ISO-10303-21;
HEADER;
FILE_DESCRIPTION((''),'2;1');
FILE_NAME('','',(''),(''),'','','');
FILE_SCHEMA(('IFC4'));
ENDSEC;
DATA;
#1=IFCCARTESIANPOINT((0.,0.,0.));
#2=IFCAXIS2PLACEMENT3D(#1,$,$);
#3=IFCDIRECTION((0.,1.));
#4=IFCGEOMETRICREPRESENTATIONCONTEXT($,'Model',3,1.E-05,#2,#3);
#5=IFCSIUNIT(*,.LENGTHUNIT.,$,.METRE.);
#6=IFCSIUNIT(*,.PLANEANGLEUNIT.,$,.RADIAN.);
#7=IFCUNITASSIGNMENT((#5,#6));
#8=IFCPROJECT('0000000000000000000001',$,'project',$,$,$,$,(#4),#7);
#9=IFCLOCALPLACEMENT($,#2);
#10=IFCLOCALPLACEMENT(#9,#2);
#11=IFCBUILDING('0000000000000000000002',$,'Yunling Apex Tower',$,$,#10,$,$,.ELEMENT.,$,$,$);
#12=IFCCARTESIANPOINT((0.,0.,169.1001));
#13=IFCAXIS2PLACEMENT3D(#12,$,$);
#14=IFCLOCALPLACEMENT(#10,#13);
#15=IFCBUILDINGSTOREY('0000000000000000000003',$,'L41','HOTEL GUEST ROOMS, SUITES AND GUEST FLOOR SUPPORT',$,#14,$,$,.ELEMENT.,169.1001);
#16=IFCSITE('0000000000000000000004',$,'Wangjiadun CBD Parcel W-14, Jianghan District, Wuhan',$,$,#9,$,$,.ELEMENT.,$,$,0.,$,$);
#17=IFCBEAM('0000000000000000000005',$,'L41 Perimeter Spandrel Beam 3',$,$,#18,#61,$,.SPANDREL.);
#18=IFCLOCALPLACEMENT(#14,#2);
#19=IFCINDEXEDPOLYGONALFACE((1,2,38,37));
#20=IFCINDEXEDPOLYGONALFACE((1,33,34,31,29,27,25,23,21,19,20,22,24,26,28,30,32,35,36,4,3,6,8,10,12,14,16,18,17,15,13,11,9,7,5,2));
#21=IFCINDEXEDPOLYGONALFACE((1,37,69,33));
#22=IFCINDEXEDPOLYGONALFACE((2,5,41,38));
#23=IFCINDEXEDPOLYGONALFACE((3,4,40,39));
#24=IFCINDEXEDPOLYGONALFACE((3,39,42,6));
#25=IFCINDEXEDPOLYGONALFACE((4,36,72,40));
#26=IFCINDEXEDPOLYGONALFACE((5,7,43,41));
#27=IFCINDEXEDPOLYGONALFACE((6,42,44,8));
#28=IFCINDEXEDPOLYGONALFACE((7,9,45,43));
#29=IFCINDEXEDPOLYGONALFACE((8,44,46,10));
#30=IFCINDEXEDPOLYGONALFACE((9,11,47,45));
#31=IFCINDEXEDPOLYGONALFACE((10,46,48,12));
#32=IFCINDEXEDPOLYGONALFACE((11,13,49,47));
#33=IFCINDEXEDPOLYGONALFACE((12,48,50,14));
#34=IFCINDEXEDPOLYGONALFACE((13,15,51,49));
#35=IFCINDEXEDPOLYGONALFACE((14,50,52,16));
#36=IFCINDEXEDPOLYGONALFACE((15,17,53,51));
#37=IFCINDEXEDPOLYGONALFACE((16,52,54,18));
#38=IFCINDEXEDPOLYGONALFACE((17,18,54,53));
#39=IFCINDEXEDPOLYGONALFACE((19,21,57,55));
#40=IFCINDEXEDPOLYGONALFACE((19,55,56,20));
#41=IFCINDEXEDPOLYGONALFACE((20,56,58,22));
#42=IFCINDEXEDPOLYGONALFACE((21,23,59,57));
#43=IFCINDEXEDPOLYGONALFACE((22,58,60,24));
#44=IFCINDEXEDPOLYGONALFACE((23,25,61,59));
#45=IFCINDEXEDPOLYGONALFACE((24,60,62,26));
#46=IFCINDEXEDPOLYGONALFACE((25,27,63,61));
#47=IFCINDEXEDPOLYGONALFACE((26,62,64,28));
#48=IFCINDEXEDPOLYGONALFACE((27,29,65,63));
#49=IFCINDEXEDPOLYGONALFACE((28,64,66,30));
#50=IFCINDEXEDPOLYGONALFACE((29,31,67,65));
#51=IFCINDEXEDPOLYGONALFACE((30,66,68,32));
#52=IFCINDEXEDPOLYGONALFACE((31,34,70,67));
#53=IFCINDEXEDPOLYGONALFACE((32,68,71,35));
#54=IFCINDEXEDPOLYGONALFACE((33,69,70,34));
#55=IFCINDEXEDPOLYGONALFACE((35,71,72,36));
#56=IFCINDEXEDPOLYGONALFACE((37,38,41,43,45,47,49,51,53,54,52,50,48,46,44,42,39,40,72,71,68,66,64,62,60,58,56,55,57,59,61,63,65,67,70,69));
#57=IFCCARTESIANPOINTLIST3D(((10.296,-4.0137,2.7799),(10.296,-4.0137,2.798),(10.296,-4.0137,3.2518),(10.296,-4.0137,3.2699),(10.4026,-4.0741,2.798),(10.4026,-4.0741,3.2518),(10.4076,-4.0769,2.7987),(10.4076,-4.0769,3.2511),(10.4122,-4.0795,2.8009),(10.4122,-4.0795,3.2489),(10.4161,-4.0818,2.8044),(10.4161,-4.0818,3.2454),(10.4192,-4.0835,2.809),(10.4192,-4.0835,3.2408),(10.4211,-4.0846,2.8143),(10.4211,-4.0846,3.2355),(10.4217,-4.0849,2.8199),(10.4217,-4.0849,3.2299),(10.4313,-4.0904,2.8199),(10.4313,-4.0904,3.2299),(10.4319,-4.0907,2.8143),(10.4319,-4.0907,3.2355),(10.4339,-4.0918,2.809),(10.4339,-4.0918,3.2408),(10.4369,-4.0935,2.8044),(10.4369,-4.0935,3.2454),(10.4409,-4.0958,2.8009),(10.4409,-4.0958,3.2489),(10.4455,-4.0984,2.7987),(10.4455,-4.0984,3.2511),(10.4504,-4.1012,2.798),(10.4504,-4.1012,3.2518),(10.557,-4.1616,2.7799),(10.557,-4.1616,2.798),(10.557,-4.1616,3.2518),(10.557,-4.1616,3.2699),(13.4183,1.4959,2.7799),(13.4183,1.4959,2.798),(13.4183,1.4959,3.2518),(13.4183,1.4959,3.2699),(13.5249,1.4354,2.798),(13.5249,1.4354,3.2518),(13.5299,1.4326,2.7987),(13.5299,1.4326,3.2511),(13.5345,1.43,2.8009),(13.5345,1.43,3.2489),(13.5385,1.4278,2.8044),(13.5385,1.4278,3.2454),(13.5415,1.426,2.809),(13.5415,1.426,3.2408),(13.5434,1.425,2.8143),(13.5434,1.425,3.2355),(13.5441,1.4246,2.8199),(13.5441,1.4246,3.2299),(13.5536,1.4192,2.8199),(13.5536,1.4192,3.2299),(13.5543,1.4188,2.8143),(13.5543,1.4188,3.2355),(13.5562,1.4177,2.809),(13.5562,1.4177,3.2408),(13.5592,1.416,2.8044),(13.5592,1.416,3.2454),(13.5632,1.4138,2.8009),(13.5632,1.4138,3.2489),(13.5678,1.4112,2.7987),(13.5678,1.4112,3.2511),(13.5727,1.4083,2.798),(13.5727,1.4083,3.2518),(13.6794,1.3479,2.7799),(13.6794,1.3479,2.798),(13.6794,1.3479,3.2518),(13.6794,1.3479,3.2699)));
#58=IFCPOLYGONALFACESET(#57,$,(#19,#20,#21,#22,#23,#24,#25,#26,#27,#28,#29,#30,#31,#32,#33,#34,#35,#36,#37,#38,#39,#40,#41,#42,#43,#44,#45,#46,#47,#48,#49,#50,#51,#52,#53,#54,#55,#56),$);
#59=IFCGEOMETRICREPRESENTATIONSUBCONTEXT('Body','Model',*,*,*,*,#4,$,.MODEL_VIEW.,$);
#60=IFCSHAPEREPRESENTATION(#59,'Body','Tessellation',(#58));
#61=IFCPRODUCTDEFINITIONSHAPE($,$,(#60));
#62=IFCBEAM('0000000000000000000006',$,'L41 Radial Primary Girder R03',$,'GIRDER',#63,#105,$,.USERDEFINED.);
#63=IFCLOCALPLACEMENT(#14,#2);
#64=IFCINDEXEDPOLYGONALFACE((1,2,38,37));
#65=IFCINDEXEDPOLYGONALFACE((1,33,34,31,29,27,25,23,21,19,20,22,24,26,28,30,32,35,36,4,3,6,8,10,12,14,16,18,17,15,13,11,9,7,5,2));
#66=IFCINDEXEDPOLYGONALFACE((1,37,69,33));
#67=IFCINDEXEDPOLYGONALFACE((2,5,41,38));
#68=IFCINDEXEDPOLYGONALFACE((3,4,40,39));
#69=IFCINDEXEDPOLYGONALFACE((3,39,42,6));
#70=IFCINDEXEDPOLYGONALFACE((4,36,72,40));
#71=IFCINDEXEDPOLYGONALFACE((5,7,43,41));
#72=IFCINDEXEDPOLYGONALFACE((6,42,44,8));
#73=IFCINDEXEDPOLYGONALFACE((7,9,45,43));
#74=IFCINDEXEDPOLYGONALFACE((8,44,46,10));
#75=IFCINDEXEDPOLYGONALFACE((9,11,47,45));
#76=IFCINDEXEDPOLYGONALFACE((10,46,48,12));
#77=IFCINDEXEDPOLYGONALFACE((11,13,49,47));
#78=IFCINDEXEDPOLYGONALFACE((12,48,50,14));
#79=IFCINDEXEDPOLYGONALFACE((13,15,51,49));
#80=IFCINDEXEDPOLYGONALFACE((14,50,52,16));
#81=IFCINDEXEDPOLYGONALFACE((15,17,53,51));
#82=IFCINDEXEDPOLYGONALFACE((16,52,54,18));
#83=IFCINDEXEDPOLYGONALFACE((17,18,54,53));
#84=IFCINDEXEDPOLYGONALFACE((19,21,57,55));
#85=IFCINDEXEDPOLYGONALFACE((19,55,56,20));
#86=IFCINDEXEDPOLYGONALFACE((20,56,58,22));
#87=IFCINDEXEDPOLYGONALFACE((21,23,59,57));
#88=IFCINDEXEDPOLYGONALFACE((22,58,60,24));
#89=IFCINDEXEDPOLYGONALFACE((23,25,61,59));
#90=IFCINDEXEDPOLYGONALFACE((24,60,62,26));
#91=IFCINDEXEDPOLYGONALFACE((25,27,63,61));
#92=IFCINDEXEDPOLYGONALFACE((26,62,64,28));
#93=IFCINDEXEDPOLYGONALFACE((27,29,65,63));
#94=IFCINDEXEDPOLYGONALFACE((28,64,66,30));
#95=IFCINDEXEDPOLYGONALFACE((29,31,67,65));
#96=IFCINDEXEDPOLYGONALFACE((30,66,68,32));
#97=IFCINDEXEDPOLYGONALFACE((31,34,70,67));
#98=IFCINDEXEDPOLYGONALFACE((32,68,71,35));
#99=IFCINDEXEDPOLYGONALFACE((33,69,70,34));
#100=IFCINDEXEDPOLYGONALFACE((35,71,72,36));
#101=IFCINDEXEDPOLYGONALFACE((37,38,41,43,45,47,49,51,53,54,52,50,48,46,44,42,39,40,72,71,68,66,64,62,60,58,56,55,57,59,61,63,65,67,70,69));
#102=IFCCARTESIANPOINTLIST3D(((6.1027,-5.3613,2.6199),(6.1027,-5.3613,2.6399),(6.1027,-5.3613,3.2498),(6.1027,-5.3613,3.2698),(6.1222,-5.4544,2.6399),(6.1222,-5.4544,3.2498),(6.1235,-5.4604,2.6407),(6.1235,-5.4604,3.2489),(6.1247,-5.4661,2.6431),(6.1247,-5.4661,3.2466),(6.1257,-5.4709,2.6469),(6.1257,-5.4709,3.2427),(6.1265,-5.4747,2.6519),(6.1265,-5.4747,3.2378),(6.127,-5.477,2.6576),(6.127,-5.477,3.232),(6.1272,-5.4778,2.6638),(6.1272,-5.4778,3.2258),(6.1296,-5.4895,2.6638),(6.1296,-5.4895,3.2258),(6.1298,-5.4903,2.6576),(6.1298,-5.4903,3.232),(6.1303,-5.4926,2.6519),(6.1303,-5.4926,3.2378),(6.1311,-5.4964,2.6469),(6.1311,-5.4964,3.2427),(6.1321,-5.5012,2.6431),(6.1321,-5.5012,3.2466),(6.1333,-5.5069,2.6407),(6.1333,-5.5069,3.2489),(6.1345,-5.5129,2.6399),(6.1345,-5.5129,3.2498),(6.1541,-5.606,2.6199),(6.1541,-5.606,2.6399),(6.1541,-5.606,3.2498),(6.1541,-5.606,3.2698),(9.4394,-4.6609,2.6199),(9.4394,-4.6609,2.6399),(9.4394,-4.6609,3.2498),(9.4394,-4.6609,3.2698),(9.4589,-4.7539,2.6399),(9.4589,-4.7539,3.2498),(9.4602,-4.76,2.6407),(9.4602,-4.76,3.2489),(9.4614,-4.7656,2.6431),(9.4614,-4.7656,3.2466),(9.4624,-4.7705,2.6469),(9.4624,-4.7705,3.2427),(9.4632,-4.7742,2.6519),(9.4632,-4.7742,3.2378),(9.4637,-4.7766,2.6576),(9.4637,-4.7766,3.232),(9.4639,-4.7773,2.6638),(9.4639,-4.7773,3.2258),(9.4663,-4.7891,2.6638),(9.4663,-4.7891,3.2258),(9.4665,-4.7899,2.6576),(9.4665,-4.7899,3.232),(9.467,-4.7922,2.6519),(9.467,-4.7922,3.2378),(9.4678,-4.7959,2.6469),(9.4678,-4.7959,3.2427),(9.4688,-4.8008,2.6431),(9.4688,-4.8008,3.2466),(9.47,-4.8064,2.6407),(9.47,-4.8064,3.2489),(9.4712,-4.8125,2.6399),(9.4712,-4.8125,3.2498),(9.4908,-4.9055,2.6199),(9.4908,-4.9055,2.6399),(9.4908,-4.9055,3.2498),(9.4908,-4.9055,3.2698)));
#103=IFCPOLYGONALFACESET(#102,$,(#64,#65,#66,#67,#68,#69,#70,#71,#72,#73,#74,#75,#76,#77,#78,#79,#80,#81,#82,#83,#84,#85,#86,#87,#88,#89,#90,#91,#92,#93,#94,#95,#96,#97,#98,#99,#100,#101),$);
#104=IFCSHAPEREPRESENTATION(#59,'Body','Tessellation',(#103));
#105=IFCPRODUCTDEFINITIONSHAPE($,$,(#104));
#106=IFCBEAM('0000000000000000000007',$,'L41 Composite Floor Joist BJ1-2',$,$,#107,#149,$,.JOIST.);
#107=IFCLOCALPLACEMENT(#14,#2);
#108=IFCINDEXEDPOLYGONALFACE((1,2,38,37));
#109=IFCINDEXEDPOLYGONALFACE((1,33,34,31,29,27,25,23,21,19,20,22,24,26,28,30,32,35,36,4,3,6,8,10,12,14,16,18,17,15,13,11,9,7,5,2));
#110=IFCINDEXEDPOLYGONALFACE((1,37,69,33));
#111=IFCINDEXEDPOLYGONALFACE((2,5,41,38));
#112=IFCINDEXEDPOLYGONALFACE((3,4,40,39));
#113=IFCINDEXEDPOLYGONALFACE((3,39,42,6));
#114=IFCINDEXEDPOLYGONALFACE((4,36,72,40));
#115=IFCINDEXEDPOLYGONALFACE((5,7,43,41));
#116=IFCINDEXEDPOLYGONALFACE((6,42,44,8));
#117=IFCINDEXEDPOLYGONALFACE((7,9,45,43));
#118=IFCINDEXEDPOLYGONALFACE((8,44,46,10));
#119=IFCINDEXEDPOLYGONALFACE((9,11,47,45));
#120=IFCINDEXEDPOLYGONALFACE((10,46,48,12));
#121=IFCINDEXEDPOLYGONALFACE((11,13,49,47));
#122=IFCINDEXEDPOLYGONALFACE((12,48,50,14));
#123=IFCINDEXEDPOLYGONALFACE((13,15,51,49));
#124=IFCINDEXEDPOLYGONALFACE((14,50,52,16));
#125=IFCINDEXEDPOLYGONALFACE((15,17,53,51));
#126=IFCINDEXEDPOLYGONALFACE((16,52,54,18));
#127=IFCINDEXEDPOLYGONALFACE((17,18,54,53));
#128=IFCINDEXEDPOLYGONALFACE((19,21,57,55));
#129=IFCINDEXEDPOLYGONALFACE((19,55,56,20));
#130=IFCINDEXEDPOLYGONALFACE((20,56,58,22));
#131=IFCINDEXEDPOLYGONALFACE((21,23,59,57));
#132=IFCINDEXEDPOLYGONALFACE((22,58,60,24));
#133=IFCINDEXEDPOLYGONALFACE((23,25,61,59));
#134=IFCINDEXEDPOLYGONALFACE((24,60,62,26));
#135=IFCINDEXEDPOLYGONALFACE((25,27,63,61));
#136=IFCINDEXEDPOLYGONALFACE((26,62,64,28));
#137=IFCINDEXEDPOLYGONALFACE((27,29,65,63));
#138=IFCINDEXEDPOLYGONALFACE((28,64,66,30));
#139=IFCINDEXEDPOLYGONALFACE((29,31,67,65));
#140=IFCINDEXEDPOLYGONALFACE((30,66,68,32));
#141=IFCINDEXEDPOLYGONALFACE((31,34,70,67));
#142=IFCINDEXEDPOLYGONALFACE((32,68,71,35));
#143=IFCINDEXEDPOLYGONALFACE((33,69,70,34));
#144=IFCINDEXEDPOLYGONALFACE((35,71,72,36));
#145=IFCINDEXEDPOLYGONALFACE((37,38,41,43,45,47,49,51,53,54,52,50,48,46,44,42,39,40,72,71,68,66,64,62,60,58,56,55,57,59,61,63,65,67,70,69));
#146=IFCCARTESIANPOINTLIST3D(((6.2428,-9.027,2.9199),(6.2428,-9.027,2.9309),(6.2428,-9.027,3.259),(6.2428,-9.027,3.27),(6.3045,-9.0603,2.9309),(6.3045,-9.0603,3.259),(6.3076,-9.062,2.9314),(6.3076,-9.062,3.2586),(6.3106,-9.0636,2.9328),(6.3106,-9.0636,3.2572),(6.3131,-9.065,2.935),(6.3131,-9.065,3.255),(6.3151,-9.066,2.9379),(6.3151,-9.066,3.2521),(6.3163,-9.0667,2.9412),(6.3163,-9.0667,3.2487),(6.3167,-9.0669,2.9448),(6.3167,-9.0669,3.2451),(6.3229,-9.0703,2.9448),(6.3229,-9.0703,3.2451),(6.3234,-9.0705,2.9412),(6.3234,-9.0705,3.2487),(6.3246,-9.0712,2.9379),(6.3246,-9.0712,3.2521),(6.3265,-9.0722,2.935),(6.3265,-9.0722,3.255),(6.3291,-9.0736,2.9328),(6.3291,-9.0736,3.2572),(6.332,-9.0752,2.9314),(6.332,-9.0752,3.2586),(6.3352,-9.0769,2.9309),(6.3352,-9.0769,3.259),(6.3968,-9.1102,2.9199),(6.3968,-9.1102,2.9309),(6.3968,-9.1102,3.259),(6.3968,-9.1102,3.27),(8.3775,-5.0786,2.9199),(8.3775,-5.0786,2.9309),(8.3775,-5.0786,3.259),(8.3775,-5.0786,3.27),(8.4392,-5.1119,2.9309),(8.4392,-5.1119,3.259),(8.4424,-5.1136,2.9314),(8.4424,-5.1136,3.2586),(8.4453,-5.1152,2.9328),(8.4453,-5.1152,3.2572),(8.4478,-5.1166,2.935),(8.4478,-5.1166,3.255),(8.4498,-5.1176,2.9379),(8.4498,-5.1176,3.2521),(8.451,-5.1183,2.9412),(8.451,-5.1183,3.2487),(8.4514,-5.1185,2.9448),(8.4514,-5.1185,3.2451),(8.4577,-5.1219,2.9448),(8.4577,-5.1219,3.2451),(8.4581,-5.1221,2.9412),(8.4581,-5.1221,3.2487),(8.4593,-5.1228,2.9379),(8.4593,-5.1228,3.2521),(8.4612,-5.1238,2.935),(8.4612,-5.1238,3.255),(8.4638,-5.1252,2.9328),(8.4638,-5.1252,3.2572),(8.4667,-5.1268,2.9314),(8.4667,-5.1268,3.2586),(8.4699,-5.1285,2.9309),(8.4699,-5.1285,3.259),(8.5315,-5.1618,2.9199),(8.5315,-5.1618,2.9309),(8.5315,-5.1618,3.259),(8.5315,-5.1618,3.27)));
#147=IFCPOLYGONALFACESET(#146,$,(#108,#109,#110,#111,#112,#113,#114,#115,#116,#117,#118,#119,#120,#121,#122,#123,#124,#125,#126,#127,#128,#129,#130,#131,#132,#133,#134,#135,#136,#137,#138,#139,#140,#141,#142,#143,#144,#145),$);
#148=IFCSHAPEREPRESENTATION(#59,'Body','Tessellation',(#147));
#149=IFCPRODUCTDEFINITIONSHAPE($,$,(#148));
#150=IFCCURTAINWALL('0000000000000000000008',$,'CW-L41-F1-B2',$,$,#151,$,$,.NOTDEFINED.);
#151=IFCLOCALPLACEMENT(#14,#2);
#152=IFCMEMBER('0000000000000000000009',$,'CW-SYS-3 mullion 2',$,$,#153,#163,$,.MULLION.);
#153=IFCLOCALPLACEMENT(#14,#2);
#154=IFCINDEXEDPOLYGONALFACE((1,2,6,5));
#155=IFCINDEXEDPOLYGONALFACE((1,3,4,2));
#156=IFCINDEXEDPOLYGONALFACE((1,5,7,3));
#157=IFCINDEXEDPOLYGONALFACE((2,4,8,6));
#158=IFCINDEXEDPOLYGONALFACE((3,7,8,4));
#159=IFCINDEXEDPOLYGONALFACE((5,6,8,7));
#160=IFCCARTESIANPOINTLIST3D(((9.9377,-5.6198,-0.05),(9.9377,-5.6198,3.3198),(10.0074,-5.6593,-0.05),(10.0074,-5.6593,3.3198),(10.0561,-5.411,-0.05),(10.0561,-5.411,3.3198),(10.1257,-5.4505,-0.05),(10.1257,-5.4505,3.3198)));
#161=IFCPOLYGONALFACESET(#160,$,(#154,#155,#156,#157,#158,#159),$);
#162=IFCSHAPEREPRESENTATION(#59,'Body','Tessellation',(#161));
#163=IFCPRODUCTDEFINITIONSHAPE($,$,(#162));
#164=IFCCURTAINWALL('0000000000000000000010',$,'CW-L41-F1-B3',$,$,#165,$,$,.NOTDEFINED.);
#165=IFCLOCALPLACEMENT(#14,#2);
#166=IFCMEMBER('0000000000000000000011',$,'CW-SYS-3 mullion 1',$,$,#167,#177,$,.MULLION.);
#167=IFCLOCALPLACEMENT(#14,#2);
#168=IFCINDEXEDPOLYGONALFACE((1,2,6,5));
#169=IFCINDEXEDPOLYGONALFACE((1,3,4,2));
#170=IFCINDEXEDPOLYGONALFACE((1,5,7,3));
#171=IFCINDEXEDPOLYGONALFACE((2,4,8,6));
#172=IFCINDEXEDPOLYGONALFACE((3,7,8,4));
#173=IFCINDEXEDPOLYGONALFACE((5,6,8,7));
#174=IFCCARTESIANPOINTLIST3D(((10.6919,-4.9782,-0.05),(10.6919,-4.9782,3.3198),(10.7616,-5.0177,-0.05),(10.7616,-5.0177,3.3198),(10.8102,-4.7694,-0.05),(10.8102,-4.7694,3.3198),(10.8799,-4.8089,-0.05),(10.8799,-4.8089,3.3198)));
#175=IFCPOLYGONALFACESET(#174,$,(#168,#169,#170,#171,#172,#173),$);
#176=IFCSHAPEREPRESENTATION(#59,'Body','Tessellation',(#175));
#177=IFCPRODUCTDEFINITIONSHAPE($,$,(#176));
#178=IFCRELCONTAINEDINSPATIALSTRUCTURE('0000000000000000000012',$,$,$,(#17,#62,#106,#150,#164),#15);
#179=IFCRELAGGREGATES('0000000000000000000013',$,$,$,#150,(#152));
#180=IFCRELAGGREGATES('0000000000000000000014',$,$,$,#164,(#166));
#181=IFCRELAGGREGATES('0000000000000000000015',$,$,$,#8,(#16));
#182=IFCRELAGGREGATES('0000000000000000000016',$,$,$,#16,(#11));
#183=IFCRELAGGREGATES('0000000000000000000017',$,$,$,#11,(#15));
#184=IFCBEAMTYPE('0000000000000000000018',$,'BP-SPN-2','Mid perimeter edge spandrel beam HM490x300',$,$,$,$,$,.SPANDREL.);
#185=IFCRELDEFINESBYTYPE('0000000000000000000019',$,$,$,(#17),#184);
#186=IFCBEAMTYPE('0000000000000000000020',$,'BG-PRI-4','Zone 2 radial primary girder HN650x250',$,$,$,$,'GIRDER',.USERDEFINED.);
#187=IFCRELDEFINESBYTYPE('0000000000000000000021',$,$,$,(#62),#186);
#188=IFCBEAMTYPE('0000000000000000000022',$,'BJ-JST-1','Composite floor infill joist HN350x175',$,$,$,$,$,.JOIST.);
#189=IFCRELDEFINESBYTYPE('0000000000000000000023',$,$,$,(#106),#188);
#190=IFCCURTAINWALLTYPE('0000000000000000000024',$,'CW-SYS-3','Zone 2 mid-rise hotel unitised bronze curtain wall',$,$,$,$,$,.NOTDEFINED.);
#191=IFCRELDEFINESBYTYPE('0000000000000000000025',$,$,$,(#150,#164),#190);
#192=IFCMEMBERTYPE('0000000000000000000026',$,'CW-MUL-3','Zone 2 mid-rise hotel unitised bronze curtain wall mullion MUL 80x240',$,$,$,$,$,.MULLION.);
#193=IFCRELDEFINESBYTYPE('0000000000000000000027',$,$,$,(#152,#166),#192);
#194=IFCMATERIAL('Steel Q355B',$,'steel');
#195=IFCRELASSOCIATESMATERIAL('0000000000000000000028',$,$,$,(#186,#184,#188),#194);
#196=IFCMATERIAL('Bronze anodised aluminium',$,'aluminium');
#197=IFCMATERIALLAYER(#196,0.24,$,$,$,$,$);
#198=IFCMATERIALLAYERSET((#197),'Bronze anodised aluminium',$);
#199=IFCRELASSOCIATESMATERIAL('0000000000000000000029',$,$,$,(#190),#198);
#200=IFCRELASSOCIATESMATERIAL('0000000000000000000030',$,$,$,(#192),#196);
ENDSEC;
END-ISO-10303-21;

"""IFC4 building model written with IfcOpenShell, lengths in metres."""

from ifc_helpers import new_model, si_unit, direction, frame, origin, origin_2d, place, context, subcontext, project, spatial, rectangle, i_section, extrude, source, transform, mapped, material, layer, layer_set, material_profile, profile_set, type_object, element, aggregate, save


model = new_model("IFC4")

# Units and contexts
model_context = context("Model", 3, precision=1e-05, world=origin(), true_north=direction((0.0, 1.0)))
body_context = subcontext(model_context, "Body", "Model", "MODEL_VIEW")
ifc_project = project(units=[si_unit("LENGTHUNIT", "METRE"), si_unit("PLANEANGLEUNIT", "RADIAN")], contexts=[model_context])

# Site, building, storey
site_placement = place(None, origin())
site = spatial("IfcSite", under=ifc_project, at=site_placement, Name="Wangjiadun CBD Parcel W-14, Jianghan District, Wuhan", CompositionType="ELEMENT", RefElevation=0.0)
building_placement = place(site_placement, origin())
building = spatial("IfcBuilding", under=site, at=building_placement, Name="Yunling Apex Tower", CompositionType="ELEMENT")
storey_placement = place(building_placement, frame((0.0, 0.0, 169.1001)))
storey = spatial("IfcBuildingStorey", under=building, at=storey_placement, Name="L41", Description="HOTEL GUEST ROOMS, SUITES AND GUEST FLOOR SUPPORT", CompositionType="ELEMENT", Elevation=169.1001)

# Beams
ifc_material_1 = material(Name="Steel Q355B", Category="steel")
ifc_material_profile_1 = material_profile(ifc_material_1, i_section(OverallWidth=0.25, OverallDepth=0.6499, WebThickness=0.012, FlangeThickness=0.02, FilletRadius=0.0239, at=origin_2d()))
ifc_profile_set_1 = profile_set([ifc_material_profile_1], Name="Steel Q355B")
beam_type_1 = type_object("IfcBeamType", Name="BG-PRI-4", Description="Zone 2 radial primary girder HN650x250", ElementType="GIRDER", PredefinedType="USERDEFINED", material=ifc_profile_set_1)
ifc_material_profile_2 = material_profile(ifc_material_1, i_section(OverallWidth=0.3, OverallDepth=0.49, WebThickness=0.011, FlangeThickness=0.0181, FilletRadius=0.022, at=origin_2d()))
ifc_profile_set_2 = profile_set([ifc_material_profile_2], Name="Steel Q355B")
beam_type_2 = type_object("IfcBeamType", Name="BP-SPN-2", Description="Mid perimeter edge spandrel beam HM490x300", PredefinedType="SPANDREL", material=ifc_profile_set_2)
shared_shape_1 = source(origin(), body_context, "Body", "SweptSolid", [
    extrude(i_section(OverallWidth=0.3, OverallDepth=0.49, WebThickness=0.011, FlangeThickness=0.0181, FilletRadius=0.022, at=origin_2d()), origin(), (0.0, 0.0, 1.0), 6.3328),
])
beam_1_placement = place(storey_placement, frame((10.4265, -4.0876, 3.0249), z_axis=(0.493043, 0.870005, 0.0), x_axis=(-0.870005, 0.493043, 0.0)))
element("IfcBeam", 1, at=beam_1_placement, inside=storey, type_object=beam_type_2, Name="L41 Perimeter Spandrel Beam 3", PredefinedType="SPANDREL", context=body_context, shape_type="MappedRepresentation", body=[
    mapped(shared_shape_1, transform((0.0, 0.0, 0.0), scale=1.0)),
])
shared_shape_2 = source(origin(), body_context, "Body", "SweptSolid", [
    extrude(i_section(OverallWidth=0.25, OverallDepth=0.6499, WebThickness=0.012, FlangeThickness=0.02, FilletRadius=0.0239, at=origin_2d()), origin(), (0.0, 0.0, 1.0), 3.4094),
])
beam_2_placement = place(storey_placement, frame((9.4651, -4.7832, 2.9448), z_axis=(-0.978669, -0.205444, 0.0), x_axis=(0.205444, -0.978669, 0.0)))
element("IfcBeam", 2, at=beam_2_placement, inside=storey, type_object=beam_type_1, Name="L41 Radial Primary Girder R03", ObjectType="GIRDER", PredefinedType="USERDEFINED", context=body_context, shape_type="MappedRepresentation", body=[
    mapped(shared_shape_2, transform((0.0, 0.0, 0.0), scale=1.0)),
])
ifc_material_profile_3 = material_profile(ifc_material_1, i_section(OverallWidth=0.175, OverallDepth=0.3501, WebThickness=0.0071, FlangeThickness=0.011, FilletRadius=0.0139, at=origin_2d()))
ifc_profile_set_3 = profile_set([ifc_material_profile_3], Name="Steel Q355B")
beam_type_3 = type_object("IfcBeamType", Name="BJ-JST-1", Description="Composite floor infill joist HN350x175", PredefinedType="JOIST", material=ifc_profile_set_3)
shared_shape_3 = source(origin(), body_context, "Body", "SweptSolid", [
    extrude(i_section(OverallWidth=0.175, OverallDepth=0.3501, WebThickness=0.0071, FlangeThickness=0.011, FilletRadius=0.0139, at=origin_2d()), origin(), (0.0, 0.0, 1.0), 4.4885),
])
beam_3_placement = place(storey_placement, frame((6.3198, -9.0686, 3.095), z_axis=(0.475594, 0.879665, 0.0), x_axis=(-0.879665, 0.475594, 0.0)))
element("IfcBeam", 3, at=beam_3_placement, inside=storey, type_object=beam_type_3, Name="L41 Composite Floor Joist BJ1-2", PredefinedType="JOIST", context=body_context, shape_type="MappedRepresentation", body=[
    mapped(shared_shape_3, transform((0.0, 0.0, 0.0), scale=1.0)),
])

# Curtain wall, member
ifc_material_2 = material(Name="Bronze anodised aluminium", Category="aluminium")
ifc_layer_1 = layer(ifc_material_2, 0.24)
ifc_layer_set_1 = layer_set([ifc_layer_1], Name="Bronze anodised aluminium")
curtain_wall_type = type_object("IfcCurtainWallType", Name="CW-SYS-3", Description="Zone 2 mid-rise hotel unitised bronze curtain wall", PredefinedType="NOTDEFINED", material=ifc_layer_set_1)
curtain_wall_1_placement = place(storey_placement, origin())
curtain_wall_1 = element("IfcCurtainWall", 4, at=curtain_wall_1_placement, inside=storey, type_object=curtain_wall_type, Name="CW-L41-F1-B2", PredefinedType="NOTDEFINED")
ifc_material_profile_4 = material_profile(ifc_material_2, rectangle(XDim=0.0801, YDim=0.24, at=origin_2d()))
ifc_profile_set_4 = profile_set([ifc_material_profile_4], Name="Bronze anodised aluminium")
member_type_1 = type_object("IfcMemberType", Name="CW-MUL-3", Description="Zone 2 mid-rise hotel unitised bronze curtain wall mullion MUL 80x240", PredefinedType="MULLION", material=ifc_profile_set_4)
shared_shape_4 = source(origin(), body_context, "Body", "SweptSolid", [
    extrude(rectangle(XDim=0.0801, YDim=0.24, at=origin_2d()), origin(), (0.0, 0.0, 1.0), 3.3699),
])
member_1_placement = place(storey_placement, frame((10.0317, -5.5352, -0.05), z_axis=(0.0, 0.0, 1.0), x_axis=(-0.870003, 0.493047, 0.0)))
member_1 = element("IfcMember", 5, at=member_1_placement, type_object=member_type_1, Name="CW-SYS-3 mullion 2", PredefinedType="MULLION", context=body_context, shape_type="MappedRepresentation", body=[
    mapped(shared_shape_4, transform((0.0, 0.0, 0.0), scale=1.0)),
])

# Curtain wall, member
curtain_wall_2_placement = place(storey_placement, origin())
curtain_wall_2 = element("IfcCurtainWall", 6, at=curtain_wall_2_placement, inside=storey, type_object=curtain_wall_type, Name="CW-L41-F1-B3", PredefinedType="NOTDEFINED")
member_2_placement = place(storey_placement, frame((10.7859, -4.8936, -0.05), z_axis=(0.0, 0.0, 1.0), x_axis=(-0.870009, 0.493035, 0.0)))
member_2 = element("IfcMember", 7, at=member_2_placement, type_object=member_type_1, Name="CW-SYS-3 mullion 1", PredefinedType="MULLION", context=body_context, shape_type="MappedRepresentation", body=[
    mapped(shared_shape_4, transform((0.0, 0.0, 0.0), scale=1.0)),
])

aggregate(curtain_wall_1, [member_1])
aggregate(curtain_wall_2, [member_2])

save(model, "model.ifc")
